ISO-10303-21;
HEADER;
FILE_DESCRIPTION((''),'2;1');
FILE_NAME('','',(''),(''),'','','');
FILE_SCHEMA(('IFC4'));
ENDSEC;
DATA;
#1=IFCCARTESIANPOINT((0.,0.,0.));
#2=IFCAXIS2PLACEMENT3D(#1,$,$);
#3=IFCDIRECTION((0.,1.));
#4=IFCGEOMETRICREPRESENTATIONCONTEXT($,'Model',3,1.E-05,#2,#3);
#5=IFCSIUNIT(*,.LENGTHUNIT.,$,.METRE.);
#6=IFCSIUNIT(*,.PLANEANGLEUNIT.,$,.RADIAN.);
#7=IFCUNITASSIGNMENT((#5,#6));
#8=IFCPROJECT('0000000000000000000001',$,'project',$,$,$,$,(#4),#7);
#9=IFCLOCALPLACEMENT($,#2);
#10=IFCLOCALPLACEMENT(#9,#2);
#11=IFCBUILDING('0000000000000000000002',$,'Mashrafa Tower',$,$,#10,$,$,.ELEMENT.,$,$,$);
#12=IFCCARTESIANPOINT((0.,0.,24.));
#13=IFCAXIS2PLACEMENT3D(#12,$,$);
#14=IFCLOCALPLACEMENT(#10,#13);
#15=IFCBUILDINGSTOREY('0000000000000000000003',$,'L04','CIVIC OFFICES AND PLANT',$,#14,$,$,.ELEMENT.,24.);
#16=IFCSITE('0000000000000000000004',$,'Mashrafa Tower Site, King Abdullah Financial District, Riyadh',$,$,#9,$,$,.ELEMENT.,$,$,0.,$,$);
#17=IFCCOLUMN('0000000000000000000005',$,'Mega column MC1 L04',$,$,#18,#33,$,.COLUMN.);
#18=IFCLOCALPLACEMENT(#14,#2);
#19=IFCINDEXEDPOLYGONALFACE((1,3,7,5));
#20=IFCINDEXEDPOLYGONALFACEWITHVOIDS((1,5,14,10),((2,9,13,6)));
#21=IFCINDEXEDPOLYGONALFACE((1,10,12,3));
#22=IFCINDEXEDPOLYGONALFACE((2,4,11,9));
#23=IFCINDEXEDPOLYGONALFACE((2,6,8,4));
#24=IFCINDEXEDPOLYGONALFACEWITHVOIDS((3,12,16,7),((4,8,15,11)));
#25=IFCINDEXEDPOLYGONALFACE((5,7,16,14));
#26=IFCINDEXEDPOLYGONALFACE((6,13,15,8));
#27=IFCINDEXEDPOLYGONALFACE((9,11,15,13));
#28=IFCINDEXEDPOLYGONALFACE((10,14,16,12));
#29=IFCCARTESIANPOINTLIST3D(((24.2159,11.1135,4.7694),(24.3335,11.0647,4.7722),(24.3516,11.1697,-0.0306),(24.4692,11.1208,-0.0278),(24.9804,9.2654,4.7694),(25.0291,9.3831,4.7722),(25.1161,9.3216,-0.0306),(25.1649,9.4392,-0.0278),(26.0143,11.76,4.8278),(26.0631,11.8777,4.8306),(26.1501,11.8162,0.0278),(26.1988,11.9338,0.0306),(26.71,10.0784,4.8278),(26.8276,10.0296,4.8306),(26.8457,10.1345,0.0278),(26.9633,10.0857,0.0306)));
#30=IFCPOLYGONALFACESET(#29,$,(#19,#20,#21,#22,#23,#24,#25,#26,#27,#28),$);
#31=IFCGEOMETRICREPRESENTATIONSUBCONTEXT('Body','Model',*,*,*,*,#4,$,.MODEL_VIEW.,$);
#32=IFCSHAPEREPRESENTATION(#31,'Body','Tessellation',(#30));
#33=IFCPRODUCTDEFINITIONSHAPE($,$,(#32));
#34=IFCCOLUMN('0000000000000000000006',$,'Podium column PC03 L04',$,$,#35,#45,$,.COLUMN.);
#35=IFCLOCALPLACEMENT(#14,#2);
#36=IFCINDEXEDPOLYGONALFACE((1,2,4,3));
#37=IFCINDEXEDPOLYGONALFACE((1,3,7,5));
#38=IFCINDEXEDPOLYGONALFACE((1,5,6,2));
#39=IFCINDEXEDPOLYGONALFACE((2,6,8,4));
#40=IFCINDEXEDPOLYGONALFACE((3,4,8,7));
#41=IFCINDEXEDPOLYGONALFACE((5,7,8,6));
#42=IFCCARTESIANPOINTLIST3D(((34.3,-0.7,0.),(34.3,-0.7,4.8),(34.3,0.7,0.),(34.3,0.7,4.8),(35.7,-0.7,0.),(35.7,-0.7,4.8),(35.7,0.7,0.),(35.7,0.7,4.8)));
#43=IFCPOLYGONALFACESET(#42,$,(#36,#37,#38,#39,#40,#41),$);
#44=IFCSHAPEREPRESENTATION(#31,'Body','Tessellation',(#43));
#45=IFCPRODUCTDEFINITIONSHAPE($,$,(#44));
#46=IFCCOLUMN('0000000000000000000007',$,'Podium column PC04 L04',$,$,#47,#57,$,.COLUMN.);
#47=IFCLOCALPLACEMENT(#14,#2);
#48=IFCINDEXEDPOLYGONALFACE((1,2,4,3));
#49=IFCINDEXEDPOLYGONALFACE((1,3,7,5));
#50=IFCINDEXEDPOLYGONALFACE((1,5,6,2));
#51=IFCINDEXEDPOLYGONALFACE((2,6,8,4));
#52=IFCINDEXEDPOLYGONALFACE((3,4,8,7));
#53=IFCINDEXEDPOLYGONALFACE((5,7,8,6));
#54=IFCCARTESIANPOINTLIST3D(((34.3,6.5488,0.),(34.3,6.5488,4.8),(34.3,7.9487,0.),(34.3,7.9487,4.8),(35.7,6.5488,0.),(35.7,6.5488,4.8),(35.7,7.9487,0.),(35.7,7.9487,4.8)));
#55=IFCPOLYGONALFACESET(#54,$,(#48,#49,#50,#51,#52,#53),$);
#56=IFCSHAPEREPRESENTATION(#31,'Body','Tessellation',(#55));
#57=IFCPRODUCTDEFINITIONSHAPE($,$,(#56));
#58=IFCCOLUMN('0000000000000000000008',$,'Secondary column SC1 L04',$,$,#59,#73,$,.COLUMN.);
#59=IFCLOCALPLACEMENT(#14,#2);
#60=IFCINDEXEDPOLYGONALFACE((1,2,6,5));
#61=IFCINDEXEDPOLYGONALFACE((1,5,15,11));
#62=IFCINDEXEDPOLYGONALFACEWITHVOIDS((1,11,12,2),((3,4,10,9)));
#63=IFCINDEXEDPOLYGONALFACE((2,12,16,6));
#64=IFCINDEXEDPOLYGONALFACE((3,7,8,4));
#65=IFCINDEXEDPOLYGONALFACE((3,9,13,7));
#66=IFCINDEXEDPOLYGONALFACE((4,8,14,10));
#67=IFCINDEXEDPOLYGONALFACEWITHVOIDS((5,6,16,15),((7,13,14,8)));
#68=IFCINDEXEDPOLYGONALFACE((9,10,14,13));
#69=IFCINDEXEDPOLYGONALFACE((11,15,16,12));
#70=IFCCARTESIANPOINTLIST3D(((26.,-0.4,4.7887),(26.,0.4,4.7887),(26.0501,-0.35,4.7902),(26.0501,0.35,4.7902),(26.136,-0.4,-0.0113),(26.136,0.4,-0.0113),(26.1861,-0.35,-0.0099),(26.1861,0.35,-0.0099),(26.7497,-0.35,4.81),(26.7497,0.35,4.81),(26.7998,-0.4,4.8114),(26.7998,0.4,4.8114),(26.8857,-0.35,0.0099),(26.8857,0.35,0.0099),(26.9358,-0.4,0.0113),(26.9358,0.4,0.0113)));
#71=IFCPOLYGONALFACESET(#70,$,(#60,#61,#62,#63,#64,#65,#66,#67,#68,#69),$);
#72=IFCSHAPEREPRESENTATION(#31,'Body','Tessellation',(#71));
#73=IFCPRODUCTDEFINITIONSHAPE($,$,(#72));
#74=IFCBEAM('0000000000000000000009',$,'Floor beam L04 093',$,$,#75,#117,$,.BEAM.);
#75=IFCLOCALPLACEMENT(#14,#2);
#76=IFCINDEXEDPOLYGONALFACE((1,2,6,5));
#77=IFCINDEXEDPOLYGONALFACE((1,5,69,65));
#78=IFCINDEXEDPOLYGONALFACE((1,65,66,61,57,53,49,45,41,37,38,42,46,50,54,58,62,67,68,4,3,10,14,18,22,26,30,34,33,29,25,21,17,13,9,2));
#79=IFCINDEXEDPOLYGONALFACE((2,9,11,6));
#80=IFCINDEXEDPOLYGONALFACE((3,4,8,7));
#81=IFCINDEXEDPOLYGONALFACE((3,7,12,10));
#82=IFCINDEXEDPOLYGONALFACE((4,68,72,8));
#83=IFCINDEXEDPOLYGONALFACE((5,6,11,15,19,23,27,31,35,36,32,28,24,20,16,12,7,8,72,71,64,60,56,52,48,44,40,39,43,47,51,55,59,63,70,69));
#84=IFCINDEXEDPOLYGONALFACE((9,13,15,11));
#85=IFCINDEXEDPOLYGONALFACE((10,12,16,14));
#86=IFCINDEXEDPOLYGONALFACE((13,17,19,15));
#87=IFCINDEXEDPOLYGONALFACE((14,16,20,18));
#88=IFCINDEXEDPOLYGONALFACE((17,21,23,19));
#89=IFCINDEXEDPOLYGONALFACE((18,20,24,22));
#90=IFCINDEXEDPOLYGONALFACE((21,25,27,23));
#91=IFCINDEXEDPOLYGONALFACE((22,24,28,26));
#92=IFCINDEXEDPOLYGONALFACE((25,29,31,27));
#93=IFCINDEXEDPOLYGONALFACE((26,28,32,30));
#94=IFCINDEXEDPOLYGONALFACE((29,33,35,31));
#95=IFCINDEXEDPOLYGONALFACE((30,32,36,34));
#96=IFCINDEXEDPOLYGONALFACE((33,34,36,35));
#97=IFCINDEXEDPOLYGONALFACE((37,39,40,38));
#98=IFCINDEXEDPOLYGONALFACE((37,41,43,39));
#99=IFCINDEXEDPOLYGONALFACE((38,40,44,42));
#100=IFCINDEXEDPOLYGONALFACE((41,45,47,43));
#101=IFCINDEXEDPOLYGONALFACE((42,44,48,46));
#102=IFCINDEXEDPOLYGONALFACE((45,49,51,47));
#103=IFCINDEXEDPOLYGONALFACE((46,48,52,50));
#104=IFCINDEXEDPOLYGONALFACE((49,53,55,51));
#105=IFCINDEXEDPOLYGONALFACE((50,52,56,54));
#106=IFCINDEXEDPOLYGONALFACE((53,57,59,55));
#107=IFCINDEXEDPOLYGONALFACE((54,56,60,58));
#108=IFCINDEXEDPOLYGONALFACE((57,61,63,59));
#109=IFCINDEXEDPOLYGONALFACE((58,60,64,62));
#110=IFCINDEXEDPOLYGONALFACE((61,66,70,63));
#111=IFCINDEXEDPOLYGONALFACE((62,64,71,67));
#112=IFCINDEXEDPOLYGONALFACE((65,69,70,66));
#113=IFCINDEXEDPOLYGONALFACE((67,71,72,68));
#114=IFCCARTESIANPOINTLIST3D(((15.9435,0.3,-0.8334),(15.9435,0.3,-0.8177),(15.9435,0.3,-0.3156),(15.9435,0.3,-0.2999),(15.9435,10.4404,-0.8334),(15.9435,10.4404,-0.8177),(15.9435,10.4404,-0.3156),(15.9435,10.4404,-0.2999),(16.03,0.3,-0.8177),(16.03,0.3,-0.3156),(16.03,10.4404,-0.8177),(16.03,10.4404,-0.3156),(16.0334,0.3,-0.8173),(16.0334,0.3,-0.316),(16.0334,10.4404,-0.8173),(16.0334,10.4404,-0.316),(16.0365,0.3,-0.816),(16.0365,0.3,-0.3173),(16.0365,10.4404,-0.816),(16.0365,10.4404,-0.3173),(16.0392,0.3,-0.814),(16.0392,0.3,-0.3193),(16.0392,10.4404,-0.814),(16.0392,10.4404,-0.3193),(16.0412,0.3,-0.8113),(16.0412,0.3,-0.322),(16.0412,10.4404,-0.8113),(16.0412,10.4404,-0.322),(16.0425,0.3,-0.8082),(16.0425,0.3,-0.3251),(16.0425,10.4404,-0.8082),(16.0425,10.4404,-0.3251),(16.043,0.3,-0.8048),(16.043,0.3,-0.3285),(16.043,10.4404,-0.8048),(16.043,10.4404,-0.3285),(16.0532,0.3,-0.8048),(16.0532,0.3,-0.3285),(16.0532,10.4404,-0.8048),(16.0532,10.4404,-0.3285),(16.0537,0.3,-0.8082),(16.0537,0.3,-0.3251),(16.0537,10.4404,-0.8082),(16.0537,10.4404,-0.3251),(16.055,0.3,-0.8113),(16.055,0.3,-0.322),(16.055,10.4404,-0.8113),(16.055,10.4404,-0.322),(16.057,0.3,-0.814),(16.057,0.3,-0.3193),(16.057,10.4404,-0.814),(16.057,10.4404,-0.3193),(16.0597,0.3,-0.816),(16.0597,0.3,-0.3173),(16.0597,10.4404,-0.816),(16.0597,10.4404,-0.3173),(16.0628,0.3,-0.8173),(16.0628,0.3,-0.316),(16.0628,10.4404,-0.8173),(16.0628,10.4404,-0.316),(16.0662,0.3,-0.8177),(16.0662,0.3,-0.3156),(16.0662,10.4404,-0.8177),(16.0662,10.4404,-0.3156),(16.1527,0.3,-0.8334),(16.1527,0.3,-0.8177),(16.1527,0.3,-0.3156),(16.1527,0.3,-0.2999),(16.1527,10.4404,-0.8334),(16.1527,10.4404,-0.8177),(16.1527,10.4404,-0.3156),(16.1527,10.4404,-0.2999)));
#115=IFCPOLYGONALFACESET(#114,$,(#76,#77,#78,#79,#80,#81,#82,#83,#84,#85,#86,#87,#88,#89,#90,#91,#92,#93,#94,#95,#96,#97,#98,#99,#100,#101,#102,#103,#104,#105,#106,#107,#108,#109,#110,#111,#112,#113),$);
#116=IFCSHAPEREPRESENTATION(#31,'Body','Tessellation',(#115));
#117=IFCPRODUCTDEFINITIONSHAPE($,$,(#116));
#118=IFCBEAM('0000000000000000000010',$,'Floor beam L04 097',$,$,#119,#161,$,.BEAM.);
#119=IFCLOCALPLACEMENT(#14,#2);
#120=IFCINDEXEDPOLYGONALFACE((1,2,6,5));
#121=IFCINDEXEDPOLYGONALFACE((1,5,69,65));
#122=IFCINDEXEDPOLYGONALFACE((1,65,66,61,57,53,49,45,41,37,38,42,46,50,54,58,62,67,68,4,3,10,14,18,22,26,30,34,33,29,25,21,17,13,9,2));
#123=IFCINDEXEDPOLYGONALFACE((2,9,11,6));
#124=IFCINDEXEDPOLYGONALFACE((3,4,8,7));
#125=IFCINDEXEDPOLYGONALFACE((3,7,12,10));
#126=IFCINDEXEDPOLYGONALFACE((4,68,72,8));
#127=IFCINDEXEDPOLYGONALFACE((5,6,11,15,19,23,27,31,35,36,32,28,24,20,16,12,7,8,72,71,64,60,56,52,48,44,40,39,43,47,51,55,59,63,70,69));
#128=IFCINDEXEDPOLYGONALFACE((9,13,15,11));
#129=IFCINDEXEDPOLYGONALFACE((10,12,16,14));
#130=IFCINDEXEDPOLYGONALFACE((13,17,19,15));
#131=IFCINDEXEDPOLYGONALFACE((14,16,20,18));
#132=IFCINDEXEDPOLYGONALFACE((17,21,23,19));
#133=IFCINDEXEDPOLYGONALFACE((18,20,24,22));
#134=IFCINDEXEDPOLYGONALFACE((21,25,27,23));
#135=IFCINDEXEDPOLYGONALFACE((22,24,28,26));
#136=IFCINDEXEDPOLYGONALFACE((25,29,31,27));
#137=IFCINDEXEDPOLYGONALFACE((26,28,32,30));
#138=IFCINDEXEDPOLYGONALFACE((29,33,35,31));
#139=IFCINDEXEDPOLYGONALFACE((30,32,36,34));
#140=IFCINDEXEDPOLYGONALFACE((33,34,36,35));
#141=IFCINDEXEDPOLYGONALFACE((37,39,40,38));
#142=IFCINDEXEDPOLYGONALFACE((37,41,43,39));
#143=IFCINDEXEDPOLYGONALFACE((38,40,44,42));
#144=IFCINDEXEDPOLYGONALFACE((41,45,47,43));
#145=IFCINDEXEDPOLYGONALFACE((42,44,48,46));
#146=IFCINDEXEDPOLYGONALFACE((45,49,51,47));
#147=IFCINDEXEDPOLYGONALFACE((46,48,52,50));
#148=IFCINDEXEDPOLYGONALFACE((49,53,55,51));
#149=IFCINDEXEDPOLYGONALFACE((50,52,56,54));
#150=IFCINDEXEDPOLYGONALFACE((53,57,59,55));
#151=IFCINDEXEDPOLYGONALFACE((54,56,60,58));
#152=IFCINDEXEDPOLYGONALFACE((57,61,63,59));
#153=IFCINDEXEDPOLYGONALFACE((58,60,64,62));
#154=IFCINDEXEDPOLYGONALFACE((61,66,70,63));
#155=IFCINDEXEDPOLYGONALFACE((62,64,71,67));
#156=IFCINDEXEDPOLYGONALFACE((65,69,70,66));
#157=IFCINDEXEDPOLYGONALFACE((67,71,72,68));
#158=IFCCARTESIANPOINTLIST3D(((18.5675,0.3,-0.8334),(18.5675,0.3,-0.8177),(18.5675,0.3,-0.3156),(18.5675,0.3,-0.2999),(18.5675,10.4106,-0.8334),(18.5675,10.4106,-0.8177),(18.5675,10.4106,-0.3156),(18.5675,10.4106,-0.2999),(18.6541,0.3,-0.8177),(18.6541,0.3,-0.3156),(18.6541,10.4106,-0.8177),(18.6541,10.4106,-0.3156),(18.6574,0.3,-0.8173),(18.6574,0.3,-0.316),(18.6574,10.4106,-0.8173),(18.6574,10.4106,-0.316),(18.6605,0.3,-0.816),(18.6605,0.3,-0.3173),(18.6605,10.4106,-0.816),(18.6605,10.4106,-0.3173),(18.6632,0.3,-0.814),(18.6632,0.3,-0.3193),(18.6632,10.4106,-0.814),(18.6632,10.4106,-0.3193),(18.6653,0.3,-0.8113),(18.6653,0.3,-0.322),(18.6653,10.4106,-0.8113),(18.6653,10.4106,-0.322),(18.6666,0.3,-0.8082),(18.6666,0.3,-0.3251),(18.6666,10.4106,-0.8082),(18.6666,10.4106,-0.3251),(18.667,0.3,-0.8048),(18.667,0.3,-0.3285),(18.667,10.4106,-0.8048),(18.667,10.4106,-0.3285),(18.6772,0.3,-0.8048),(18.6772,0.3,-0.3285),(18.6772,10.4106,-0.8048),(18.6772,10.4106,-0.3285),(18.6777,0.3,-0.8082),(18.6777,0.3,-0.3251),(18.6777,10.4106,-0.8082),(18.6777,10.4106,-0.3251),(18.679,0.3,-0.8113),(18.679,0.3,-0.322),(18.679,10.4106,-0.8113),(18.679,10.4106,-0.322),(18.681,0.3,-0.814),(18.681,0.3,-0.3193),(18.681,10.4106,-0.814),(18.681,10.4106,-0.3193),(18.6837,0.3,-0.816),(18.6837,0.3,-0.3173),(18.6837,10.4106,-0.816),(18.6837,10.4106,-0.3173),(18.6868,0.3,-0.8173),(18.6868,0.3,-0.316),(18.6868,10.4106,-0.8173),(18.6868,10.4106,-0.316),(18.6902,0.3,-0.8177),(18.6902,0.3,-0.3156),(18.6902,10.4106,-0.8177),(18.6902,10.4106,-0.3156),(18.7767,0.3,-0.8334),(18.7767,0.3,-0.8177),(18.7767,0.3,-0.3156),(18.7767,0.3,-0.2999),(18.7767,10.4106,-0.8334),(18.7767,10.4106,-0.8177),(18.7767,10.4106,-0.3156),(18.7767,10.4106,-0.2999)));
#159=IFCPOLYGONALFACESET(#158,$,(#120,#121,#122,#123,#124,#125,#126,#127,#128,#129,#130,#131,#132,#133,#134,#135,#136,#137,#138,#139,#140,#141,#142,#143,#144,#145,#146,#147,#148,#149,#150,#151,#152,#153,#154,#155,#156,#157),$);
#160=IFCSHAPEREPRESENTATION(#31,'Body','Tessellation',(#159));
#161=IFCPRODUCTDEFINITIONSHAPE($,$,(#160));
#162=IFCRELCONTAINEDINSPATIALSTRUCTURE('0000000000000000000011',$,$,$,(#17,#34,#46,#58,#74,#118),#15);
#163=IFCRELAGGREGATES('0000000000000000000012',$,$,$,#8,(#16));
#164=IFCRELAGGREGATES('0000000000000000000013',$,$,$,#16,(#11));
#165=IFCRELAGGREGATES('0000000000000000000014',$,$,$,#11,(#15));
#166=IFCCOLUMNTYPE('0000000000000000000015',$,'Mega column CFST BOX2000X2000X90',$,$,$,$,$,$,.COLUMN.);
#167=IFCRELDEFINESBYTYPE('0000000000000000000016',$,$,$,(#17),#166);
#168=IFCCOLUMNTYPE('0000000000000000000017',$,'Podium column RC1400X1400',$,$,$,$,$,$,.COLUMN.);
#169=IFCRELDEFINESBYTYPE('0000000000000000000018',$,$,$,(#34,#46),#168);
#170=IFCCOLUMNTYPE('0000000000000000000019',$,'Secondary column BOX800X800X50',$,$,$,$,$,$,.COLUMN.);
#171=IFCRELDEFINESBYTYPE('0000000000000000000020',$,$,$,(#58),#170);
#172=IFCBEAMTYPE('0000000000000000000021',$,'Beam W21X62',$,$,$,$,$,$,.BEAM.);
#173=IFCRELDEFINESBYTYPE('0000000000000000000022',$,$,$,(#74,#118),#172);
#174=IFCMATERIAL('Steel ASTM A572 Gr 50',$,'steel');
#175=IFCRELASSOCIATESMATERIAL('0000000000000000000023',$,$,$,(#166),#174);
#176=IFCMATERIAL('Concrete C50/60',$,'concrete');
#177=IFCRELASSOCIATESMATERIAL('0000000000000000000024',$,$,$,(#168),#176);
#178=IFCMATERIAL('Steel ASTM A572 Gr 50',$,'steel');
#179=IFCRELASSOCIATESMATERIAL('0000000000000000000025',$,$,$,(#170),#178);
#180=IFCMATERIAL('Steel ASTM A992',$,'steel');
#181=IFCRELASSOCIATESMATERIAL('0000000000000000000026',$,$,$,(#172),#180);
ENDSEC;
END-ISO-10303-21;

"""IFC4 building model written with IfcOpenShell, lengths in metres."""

from ifc_helpers import new_model, si_unit, direction, frame, origin, origin_2d, place, context, subcontext, project, spatial, rectangle, hollow_rectangle, i_section, extrude, material, material_profile, profile_set, type_object, element, save


model = new_model("IFC4")

# Units and contexts
model_context = context("Model", 3, precision=1e-05, world=origin(), true_north=direction((0.0, 1.0)))
body_context = subcontext(model_context, "Body", "Model", "MODEL_VIEW")
ifc_project = project(units=[si_unit("LENGTHUNIT", "METRE"), si_unit("PLANEANGLEUNIT", "RADIAN")], contexts=[model_context])

# Site, building, storey
site_placement = place(None, origin())
site = spatial("IfcSite", under=ifc_project, at=site_placement, Name="Mashrafa Tower Site, King Abdullah Financial District, Riyadh", CompositionType="ELEMENT", RefElevation=0.0)
building_placement = place(site_placement, origin())
building = spatial("IfcBuilding", under=site, at=building_placement, Name="Mashrafa Tower", CompositionType="ELEMENT")
storey_placement = place(building_placement, frame((0.0, 0.0, 24.0)))
storey = spatial("IfcBuildingStorey", under=building, at=storey_placement, Name="L04", Description="CIVIC OFFICES AND PLANT", CompositionType="ELEMENT", Elevation=24.0)

# Columns
ifc_material_1 = material(Name="Steel ASTM A572 Gr 50", Category="steel")
ifc_material_profile_1 = material_profile(ifc_material_1, hollow_rectangle(XDim=2.0, YDim=2.0, WallThickness=0.0901, at=origin_2d()), Name="BOX2000X2000X90")
ifc_profile_set_1 = profile_set([ifc_material_profile_1], Name="Steel ASTM A572 Gr 50")
column_type_1 = type_object("IfcColumnType", Name="Mega column CFST BOX2000X2000X90", PredefinedType="COLUMN", material=ifc_profile_set_1)
column_1_placement = place(storey_placement, frame((25.6575, 10.6277, 0.0), z_axis=(-0.028266, -0.011693, 0.999532), x_axis=(0.382254, -0.924057, 0.0)))
element("IfcColumn", 1, at=column_1_placement, inside=storey, type_object=column_type_1, Name="Mega column MC1 L04", PredefinedType="COLUMN", context=body_context, shape_type="SweptSolid", body=[
    extrude(hollow_rectangle(XDim=2.0, YDim=2.0, WallThickness=0.0901, at=origin_2d()), origin(), (0.0, 0.0, 1.0), 4.8022),
])
ifc_material_2 = material(Name="Concrete C50/60", Category="concrete")
ifc_material_profile_2 = material_profile(ifc_material_2, rectangle(XDim=1.3999, YDim=1.3999, at=origin_2d()), Name="RC1400X1400")
ifc_profile_set_2 = profile_set([ifc_material_profile_2], Name="Concrete C50/60")
column_type_2 = type_object("IfcColumnType", Name="Podium column RC1400X1400", PredefinedType="COLUMN", material=ifc_profile_set_2)
for number, where, z_axis, x_axis, name in (
    (2, (35.0, 0.0, 0.0), (0.0, 0.0, 1.0), (1.0, 0.0, 0.0), "Podium column PC03 L04"),
    (3, (35.0, 7.2488, 0.0), (0.0, 0.0, 1.0), (1.0, 0.0, 0.0), "Podium column PC04 L04"),
):
    element("IfcColumn", number, at=place(storey_placement, frame(where, z_axis=z_axis, x_axis=x_axis)), inside=storey, type_object=column_type_2, Name=name, PredefinedType="COLUMN", context=body_context, shape_type="SweptSolid", body=[
        extrude(rectangle(XDim=1.3999, YDim=1.3999, at=origin_2d()), origin(), (0.0, 0.0, 1.0), 4.8),
    ])
ifc_material_3 = material(Name="Steel ASTM A572 Gr 50", Category="steel")
ifc_material_profile_3 = material_profile(ifc_material_3, hollow_rectangle(XDim=0.8, YDim=0.8, WallThickness=0.05, at=origin_2d()), Name="BOX800X800X50")
ifc_profile_set_3 = profile_set([ifc_material_profile_3], Name="Steel ASTM A572 Gr 50")
column_type_3 = type_object("IfcColumnType", Name="Secondary column BOX800X800X50", PredefinedType="COLUMN", material=ifc_profile_set_3)
column_2_placement = place(storey_placement, frame((26.5359, 0.0, 0.0), z_axis=(-0.028319, 0.0, 0.999599), x_axis=(0.0, -1.0, 0.0)))
element("IfcColumn", 4, at=column_2_placement, inside=storey, type_object=column_type_3, Name="Secondary column SC1 L04", PredefinedType="COLUMN", context=body_context, shape_type="SweptSolid", body=[
    extrude(hollow_rectangle(XDim=0.8, YDim=0.8, WallThickness=0.05, at=origin_2d()), origin(), (0.0, 0.0, 1.0), 4.802),
])

# Beams
ifc_material_4 = material(Name="Steel ASTM A992", Category="steel")
ifc_material_profile_4 = material_profile(ifc_material_4, i_section(OverallWidth=0.2092, OverallDepth=0.5334, WebThickness=0.0103, FlangeThickness=0.0156, FilletRadius=0.0129, at=origin_2d()), Name="W21X62")
ifc_profile_set_4 = profile_set([ifc_material_profile_4], Name="Steel ASTM A992")
beam_type_1 = type_object("IfcBeamType", Name="Beam W21X62", PredefinedType="BEAM", material=ifc_profile_set_4)
beam_1_placement = place(storey_placement, frame((16.0481, 10.4404, -0.5667), z_axis=(0.0, -1.0, 0.0), x_axis=(1.0, 0.0, 0.0)))
element("IfcBeam", 5, at=beam_1_placement, inside=storey, type_object=beam_type_1, Name="Floor beam L04 093", PredefinedType="BEAM", context=body_context, shape_type="SweptSolid", body=[
    extrude(i_section(OverallWidth=0.2092, OverallDepth=0.5334, WebThickness=0.0103, FlangeThickness=0.0156, FilletRadius=0.0129, at=origin_2d()), origin(), (0.0, 0.0, 1.0), 10.1404),
])
beam_2_placement = place(storey_placement, frame((18.6721, 10.4106, -0.5667), z_axis=(0.0, -1.0, 0.0), x_axis=(1.0, 0.0, 0.0)))
element("IfcBeam", 6, at=beam_2_placement, inside=storey, type_object=beam_type_1, Name="Floor beam L04 097", PredefinedType="BEAM", context=body_context, shape_type="SweptSolid", body=[
    extrude(i_section(OverallWidth=0.2092, OverallDepth=0.5334, WebThickness=0.0103, FlangeThickness=0.0156, FilletRadius=0.0129, at=origin_2d()), origin(), (0.0, 0.0, 1.0), 10.1106),
])

save(model, "model.ifc")
